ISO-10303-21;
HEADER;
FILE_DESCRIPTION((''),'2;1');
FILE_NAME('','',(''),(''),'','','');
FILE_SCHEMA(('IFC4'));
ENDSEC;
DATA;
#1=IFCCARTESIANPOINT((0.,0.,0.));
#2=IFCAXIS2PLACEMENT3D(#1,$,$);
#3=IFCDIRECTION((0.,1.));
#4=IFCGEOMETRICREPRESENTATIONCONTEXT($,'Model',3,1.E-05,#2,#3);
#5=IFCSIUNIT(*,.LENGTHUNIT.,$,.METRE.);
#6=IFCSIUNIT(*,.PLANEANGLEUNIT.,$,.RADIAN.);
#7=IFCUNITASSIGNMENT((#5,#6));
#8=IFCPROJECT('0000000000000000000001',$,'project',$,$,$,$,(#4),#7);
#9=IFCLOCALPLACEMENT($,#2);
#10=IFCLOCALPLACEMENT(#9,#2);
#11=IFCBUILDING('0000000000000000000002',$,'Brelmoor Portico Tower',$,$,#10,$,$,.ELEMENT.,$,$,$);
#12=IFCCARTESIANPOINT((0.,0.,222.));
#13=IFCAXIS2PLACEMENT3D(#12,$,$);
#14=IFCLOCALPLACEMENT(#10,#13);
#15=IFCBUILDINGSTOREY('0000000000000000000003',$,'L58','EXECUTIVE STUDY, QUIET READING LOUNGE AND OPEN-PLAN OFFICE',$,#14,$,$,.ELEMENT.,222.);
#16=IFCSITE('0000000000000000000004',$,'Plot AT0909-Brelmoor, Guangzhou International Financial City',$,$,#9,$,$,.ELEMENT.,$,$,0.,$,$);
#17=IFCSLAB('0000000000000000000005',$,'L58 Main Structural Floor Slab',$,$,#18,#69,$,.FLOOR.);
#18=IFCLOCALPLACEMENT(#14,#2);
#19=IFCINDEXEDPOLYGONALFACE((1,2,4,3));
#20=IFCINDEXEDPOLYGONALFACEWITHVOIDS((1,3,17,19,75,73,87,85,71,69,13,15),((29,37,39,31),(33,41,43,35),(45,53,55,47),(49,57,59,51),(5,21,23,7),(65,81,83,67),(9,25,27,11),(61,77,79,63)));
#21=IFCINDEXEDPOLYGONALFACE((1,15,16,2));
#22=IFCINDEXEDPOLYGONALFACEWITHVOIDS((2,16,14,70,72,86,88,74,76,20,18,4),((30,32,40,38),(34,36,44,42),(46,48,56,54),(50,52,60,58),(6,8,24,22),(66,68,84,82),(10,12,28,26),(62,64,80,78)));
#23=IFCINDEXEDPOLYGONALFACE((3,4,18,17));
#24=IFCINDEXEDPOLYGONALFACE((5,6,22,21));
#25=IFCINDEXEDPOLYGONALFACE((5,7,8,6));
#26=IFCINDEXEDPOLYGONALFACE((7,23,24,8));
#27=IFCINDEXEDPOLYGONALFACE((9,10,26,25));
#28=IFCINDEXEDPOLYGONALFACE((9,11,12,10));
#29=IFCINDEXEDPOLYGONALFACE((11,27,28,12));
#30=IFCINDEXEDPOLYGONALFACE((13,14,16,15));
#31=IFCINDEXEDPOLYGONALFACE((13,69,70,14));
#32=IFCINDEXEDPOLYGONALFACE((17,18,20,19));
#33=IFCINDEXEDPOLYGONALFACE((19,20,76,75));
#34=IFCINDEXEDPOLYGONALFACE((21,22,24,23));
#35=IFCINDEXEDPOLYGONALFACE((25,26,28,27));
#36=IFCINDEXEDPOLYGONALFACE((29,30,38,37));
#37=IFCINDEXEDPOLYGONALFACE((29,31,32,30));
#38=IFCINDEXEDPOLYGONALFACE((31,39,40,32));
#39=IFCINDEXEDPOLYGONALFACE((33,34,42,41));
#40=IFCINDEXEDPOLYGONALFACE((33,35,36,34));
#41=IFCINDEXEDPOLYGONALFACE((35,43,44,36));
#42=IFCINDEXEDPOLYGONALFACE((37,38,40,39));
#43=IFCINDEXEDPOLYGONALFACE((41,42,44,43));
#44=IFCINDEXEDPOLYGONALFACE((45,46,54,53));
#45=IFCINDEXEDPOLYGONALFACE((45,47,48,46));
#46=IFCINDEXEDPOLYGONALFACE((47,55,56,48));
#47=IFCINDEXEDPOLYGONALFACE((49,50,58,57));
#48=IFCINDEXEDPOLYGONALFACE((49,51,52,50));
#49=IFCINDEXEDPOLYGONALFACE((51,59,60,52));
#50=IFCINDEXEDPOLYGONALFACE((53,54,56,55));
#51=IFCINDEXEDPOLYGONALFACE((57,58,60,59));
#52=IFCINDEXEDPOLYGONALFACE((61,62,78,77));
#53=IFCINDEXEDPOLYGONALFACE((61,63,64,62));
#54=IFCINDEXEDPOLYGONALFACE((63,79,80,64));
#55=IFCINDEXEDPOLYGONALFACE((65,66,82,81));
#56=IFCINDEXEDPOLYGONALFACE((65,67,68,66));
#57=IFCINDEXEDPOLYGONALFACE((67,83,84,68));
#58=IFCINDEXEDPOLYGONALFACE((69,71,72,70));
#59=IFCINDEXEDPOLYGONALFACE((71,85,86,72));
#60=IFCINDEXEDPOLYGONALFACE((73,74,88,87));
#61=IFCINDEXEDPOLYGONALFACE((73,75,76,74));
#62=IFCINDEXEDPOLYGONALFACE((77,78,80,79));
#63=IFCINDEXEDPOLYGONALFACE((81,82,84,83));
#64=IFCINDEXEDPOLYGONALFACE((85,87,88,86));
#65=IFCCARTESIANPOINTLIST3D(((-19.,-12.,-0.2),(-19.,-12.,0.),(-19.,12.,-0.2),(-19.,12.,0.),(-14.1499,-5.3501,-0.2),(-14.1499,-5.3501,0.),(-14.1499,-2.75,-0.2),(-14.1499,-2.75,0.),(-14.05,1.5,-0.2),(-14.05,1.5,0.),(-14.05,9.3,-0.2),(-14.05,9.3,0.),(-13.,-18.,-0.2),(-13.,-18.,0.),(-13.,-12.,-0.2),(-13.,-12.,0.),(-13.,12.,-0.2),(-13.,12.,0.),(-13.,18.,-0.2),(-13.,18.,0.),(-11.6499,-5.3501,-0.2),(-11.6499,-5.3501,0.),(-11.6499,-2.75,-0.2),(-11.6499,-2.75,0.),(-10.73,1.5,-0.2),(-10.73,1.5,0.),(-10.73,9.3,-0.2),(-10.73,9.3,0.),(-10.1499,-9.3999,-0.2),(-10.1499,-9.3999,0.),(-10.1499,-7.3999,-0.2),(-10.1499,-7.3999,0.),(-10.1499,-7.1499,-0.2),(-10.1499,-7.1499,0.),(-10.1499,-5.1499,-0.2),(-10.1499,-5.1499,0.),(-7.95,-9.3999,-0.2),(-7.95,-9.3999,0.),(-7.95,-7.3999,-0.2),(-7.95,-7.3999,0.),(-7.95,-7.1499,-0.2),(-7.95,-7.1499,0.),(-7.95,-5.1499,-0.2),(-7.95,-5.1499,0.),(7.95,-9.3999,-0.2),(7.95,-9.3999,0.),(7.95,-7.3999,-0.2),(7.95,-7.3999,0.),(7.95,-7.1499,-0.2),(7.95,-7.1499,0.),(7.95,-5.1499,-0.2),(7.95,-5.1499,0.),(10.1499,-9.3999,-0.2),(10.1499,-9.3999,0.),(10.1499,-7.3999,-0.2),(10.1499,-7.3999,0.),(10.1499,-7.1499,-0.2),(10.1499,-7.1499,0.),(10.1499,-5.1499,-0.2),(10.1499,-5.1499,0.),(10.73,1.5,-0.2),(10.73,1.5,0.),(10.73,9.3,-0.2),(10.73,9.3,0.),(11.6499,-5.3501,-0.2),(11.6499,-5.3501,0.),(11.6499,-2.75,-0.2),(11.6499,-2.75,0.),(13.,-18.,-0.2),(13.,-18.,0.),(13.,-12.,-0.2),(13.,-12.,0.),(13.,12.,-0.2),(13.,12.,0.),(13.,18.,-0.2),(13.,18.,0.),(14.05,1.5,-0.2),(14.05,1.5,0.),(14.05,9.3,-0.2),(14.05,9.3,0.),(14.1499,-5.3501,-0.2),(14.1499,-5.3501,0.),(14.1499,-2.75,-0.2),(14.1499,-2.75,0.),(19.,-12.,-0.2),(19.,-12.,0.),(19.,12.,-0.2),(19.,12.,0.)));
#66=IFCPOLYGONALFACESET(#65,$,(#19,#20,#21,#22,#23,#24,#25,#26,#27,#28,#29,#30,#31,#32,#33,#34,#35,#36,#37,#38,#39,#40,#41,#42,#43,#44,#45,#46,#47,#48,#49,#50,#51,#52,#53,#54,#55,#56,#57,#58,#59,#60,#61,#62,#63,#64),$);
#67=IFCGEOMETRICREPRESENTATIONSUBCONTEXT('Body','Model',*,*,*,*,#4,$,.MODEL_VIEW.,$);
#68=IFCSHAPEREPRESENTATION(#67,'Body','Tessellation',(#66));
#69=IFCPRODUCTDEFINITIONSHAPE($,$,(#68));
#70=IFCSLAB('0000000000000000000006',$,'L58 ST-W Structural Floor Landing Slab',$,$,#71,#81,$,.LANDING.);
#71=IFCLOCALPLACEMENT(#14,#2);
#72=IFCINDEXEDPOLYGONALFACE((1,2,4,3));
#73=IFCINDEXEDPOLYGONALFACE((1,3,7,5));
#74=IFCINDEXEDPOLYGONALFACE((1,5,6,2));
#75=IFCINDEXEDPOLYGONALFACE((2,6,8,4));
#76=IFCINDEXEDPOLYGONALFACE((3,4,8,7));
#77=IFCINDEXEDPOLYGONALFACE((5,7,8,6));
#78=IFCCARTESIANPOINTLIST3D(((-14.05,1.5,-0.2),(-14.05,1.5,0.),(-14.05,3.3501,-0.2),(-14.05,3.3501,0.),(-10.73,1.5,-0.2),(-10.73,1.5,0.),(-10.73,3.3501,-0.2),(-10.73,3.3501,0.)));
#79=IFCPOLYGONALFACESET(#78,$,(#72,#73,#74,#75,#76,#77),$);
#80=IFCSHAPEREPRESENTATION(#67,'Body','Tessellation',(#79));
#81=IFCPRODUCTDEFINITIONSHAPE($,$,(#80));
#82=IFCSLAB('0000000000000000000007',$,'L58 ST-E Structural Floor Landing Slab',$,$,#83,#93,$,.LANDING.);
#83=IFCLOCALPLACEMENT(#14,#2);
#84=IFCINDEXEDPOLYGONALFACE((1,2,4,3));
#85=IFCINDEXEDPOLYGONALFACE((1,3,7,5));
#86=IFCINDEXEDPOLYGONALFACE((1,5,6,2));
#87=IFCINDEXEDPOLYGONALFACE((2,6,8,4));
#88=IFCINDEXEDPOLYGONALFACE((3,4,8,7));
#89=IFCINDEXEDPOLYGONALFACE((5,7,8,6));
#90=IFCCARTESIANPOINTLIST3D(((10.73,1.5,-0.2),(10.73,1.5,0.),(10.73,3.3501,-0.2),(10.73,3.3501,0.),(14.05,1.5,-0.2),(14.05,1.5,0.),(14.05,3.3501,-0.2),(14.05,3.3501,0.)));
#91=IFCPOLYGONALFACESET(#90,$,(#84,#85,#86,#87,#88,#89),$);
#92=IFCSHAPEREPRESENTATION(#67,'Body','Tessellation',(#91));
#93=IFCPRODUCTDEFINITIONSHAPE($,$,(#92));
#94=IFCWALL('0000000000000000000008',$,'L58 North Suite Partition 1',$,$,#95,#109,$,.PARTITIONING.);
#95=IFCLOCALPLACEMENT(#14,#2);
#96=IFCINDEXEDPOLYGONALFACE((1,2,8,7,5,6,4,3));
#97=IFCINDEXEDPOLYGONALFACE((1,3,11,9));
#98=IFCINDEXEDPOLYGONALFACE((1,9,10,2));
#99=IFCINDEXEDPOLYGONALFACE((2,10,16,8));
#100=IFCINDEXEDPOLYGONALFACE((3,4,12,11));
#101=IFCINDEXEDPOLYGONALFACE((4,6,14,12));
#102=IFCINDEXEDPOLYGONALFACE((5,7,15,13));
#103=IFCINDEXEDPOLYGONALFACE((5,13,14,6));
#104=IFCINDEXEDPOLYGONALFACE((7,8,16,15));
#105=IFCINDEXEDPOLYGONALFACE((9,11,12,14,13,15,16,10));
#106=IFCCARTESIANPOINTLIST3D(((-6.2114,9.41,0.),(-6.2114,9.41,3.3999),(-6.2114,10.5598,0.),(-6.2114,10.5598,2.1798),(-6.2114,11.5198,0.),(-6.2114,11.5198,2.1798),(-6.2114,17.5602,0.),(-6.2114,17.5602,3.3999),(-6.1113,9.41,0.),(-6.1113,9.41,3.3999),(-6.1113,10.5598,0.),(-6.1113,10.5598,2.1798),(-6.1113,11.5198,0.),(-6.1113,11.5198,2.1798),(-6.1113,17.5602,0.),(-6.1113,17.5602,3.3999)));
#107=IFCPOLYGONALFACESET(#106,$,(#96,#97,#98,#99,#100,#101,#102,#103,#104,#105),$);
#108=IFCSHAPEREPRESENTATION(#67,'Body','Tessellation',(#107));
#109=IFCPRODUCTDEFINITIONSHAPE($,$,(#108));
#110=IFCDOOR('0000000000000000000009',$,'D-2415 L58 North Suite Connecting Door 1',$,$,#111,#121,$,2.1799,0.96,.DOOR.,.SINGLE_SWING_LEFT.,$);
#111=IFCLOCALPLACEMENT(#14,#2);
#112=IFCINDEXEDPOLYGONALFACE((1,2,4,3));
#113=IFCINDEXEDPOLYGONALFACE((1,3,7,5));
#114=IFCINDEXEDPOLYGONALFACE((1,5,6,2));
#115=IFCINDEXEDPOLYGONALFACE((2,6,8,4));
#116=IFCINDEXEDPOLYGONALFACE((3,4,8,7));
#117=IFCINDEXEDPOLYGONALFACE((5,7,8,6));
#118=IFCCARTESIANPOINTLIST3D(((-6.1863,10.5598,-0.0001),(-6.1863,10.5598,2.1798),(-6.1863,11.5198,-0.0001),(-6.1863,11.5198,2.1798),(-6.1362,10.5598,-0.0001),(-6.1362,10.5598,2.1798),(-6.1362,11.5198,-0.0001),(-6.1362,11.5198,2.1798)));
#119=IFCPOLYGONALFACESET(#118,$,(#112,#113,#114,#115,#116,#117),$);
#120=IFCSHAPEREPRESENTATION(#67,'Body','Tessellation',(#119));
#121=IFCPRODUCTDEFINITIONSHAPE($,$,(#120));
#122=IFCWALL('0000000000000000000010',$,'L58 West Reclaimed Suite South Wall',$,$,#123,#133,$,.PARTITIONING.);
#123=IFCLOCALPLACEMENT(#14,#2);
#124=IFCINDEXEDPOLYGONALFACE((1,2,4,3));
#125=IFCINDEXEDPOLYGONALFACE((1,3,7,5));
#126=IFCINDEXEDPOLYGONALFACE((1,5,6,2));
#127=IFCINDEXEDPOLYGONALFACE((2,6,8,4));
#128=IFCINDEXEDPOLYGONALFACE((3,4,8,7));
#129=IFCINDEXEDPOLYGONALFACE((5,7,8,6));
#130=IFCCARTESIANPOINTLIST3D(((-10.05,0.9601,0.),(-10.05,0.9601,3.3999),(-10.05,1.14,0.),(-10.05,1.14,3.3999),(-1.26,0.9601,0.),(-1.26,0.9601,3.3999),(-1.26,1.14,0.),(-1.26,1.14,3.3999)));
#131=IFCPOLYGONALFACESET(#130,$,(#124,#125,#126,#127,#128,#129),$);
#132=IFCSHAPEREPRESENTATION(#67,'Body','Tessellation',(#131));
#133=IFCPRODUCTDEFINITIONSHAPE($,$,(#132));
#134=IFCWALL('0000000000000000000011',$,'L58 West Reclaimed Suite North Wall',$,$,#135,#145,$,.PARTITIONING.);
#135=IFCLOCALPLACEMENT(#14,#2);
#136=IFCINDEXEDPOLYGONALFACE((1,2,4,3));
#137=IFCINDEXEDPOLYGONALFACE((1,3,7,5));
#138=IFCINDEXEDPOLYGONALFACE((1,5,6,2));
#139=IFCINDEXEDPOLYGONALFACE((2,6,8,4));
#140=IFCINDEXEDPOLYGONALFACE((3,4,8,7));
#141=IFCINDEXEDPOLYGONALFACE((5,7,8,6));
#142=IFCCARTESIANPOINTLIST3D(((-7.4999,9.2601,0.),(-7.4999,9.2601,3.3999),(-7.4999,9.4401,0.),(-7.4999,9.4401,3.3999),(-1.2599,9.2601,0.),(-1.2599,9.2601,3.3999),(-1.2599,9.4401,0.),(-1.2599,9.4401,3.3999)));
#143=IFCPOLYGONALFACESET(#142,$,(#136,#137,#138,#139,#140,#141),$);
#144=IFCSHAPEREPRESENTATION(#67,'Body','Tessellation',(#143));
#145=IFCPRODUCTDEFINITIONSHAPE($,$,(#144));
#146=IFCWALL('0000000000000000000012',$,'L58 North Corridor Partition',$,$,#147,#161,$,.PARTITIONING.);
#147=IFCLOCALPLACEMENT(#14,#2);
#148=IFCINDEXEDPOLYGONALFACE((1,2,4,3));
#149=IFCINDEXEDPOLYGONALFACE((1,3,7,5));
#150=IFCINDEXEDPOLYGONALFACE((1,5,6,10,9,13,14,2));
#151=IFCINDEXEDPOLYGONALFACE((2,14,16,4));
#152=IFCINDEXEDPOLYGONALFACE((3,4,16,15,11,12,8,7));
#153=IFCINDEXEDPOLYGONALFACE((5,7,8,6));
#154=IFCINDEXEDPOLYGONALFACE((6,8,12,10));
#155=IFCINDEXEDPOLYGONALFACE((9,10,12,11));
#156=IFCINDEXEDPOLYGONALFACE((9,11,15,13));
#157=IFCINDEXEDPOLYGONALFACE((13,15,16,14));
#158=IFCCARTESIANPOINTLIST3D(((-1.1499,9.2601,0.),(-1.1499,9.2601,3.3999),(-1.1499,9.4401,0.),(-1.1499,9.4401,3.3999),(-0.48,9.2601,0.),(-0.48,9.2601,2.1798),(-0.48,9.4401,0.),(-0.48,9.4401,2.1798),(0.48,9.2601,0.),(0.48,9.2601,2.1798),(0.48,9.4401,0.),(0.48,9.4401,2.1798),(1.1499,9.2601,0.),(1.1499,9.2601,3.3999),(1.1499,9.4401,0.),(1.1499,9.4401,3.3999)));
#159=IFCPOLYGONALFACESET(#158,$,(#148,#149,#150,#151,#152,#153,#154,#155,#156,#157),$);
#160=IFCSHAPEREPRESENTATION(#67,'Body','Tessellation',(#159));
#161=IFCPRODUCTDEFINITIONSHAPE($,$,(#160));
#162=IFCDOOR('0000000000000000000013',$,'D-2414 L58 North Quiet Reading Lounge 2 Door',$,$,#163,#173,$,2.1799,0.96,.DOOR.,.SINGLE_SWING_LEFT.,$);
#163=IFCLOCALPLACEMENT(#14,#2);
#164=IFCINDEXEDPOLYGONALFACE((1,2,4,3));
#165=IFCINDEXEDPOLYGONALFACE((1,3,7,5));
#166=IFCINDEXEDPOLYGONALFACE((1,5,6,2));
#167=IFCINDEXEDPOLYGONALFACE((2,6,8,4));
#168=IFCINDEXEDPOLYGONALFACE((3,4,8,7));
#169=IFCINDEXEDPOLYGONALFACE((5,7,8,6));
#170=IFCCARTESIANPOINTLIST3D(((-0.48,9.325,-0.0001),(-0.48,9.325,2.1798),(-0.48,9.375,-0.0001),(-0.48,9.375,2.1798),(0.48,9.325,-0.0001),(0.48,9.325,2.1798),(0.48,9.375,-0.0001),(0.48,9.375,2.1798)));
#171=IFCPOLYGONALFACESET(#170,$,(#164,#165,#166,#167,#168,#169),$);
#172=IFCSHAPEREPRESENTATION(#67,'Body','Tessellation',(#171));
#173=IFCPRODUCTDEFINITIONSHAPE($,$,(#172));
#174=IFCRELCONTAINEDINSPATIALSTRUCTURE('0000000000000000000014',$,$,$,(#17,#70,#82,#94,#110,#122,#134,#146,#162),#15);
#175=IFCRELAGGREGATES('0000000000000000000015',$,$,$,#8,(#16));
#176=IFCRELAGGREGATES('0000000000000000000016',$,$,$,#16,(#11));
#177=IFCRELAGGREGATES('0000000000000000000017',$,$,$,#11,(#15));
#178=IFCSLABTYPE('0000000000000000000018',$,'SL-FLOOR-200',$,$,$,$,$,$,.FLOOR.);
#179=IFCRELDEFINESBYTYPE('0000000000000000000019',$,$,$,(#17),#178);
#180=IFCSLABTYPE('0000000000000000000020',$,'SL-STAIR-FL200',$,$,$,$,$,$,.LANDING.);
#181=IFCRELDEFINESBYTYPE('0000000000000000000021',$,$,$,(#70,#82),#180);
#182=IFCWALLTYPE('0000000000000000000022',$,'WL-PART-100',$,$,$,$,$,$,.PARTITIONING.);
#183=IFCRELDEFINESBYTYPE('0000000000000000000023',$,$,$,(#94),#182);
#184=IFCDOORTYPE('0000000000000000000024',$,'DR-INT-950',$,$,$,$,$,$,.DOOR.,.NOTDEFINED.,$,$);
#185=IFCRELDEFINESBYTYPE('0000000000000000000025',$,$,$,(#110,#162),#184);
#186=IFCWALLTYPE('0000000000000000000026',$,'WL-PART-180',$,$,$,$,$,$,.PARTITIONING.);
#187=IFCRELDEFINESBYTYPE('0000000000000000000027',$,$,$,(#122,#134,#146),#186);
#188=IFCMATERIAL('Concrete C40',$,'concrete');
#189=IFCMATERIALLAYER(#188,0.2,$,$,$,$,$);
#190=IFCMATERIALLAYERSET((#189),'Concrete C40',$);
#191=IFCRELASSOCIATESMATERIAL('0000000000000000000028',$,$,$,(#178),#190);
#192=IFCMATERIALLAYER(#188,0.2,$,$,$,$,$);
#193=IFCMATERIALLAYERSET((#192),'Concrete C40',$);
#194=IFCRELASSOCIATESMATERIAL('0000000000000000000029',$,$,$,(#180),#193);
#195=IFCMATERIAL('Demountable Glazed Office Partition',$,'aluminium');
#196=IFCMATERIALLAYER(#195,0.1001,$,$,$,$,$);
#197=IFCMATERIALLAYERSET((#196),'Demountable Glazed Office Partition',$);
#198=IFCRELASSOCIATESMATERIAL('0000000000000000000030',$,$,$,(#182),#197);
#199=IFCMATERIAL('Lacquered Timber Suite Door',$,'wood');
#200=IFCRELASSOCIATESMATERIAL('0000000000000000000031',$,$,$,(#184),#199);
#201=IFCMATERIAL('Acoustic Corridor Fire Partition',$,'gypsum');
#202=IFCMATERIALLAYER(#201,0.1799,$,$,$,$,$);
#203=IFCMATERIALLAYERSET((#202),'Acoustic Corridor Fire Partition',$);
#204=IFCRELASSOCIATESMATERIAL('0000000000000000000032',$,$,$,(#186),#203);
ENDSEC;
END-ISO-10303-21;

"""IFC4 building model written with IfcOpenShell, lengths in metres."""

from ifc_helpers import new_model, si_unit, direction, frame, frame_2d, origin, place, context, subcontext, project, spatial, polyline, rectangle, outline, extrude, material, layer, layer_set, type_object, element, fill, save


model = new_model("IFC4")

# Units and contexts
model_context = context("Model", 3, precision=1e-05, world=origin(), true_north=direction((0.0, 1.0)))
body_context = subcontext(model_context, "Body", "Model", "MODEL_VIEW")
ifc_project = project(units=[si_unit("LENGTHUNIT", "METRE"), si_unit("PLANEANGLEUNIT", "RADIAN")], contexts=[model_context])

# Site, building, storey
site_placement = place(None, origin())
site = spatial("IfcSite", under=ifc_project, at=site_placement, Name="Plot AT0909-Brelmoor, Guangzhou International Financial City", CompositionType="ELEMENT", RefElevation=0.0)
building_placement = place(site_placement, origin())
building = spatial("IfcBuilding", under=site, at=building_placement, Name="Brelmoor Portico Tower", CompositionType="ELEMENT")
storey_placement = place(building_placement, frame((0.0, 0.0, 222.0)))
storey = spatial("IfcBuildingStorey", under=building, at=storey_placement, Name="L58", Description="EXECUTIVE STUDY, QUIET READING LOUNGE AND OPEN-PLAN OFFICE", CompositionType="ELEMENT", Elevation=222.0)

# Slabs
ifc_material_1 = material(Name="Concrete C40", Category="concrete")
ifc_layer_1 = layer(ifc_material_1, 0.2)
ifc_layer_set_1 = layer_set([ifc_layer_1], Name="Concrete C40")
slab_type_1 = type_object("IfcSlabType", Name="SL-FLOOR-200", PredefinedType="FLOOR", material=ifc_layer_set_1)
slab_1_placement = place(storey_placement, frame((0.0, 0.0, -0.2)))
element("IfcSlab", 1, at=slab_1_placement, inside=storey, type_object=slab_type_1, Name="L58 Main Structural Floor Slab", PredefinedType="FLOOR", context=body_context, shape_type="SweptSolid", body=[
    extrude(outline(polyline([(-13.0, -18.0), (13.0, -18.0), (13.0, -12.0), (19.0, -12.0), (19.0, 12.0), (13.0, 12.0), (13.0, 18.0), (-13.0, 18.0), (-13.0, 12.0), (-19.0, 12.0), (-19.0, -12.0), (-13.0, -12.0), (-13.0, -18.0)]), holes=[polyline([(-10.73, 1.5), (-10.73, 9.3), (-14.05, 9.3), (-14.05, 1.5), (-10.73, 1.5)]), polyline([(14.05, 1.5), (14.05, 9.3), (10.73, 9.3), (10.73, 1.5), (14.05, 1.5)]), polyline([(-10.1499, -9.3999), (-7.95, -9.3999), (-7.95, -7.3999), (-10.1499, -7.3999), (-10.1499, -9.3999)]), polyline([(-10.1499, -7.1499), (-7.95, -7.1499), (-7.95, -5.1499), (-10.1499, -5.1499), (-10.1499, -7.1499)]), polyline([(7.95, -9.3999), (10.1499, -9.3999), (10.1499, -7.3999), (7.95, -7.3999), (7.95, -9.3999)]), polyline([(7.95, -7.1499), (10.1499, -7.1499), (10.1499, -5.1499), (7.95, -5.1499), (7.95, -7.1499)]), polyline([(-14.1499, -5.3501), (-11.6499, -5.3501), (-11.6499, -2.75), (-14.1499, -2.75), (-14.1499, -5.3501)]), polyline([(11.6499, -5.3501), (14.1499, -5.3501), (14.1499, -2.75), (11.6499, -2.75), (11.6499, -5.3501)])]), origin(), (0.0, 0.0, 1.0), 0.2),
])
ifc_layer_2 = layer(ifc_material_1, 0.2)
ifc_layer_set_2 = layer_set([ifc_layer_2], Name="Concrete C40")
slab_type_2 = type_object("IfcSlabType", Name="SL-STAIR-FL200", PredefinedType="LANDING", material=ifc_layer_set_2)
slab_2_placement = place(storey_placement, frame((0.0, 0.0, -0.2)))
element("IfcSlab", 2, at=slab_2_placement, inside=storey, type_object=slab_type_2, Name="L58 ST-W Structural Floor Landing Slab", PredefinedType="LANDING", context=body_context, shape_type="SweptSolid", body=[
    extrude(outline(polyline([(-10.73, 1.5), (-10.73, 3.3501), (-14.05, 3.3501), (-14.05, 1.5), (-10.73, 1.5)])), origin(), (0.0, 0.0, 1.0), 0.2),
])
slab_3_placement = place(storey_placement, frame((0.0, 0.0, -0.2)))
element("IfcSlab", 3, at=slab_3_placement, inside=storey, type_object=slab_type_2, Name="L58 ST-E Structural Floor Landing Slab", PredefinedType="LANDING", context=body_context, shape_type="SweptSolid", body=[
    extrude(outline(polyline([(14.05, 1.5), (14.05, 3.3501), (10.73, 3.3501), (10.73, 1.5), (14.05, 1.5)])), origin(), (0.0, 0.0, 1.0), 0.2),
])

# Wall, opening, door
ifc_material_2 = material(Name="Demountable Glazed Office Partition", Category="aluminium")
ifc_layer_3 = layer(ifc_material_2, 0.1001)
ifc_layer_set_3 = layer_set([ifc_layer_3], Name="Demountable Glazed Office Partition")
wall_type_1 = type_object("IfcWallType", Name="WL-PART-100", PredefinedType="PARTITIONING", material=ifc_layer_set_3)
wall_1_placement = place(storey_placement, frame((-6.1614, 9.4099, 0.0), z_axis=(0.0, 0.0, 1.0), x_axis=(0.0, 1.0, 0.0)))
wall_1 = element("IfcWall", 4, at=wall_1_placement, inside=storey, type_object=wall_type_1, Name="L58 North Suite Partition 1", PredefinedType="PARTITIONING", context=body_context, shape_type="SweptSolid", body=[
    extrude(rectangle(XDim=8.1501, YDim=0.1001, at=frame_2d((4.0752, 0.0))), origin(), (0.0, 0.0, 1.0), 3.3999),
])
opening_1_placement = place(wall_1_placement, frame((1.1499, 0.0, 0.0)))
opening_1 = element("IfcOpeningElement", 5, at=opening_1_placement, cuts=wall_1, PredefinedType="OPENING", context=body_context, shape_type="SweptSolid", body=[
    extrude(rectangle(XDim=0.96, YDim=2.1799, at=frame_2d((0.48, 1.0898))), frame((0.0, 0.0601, 0.0), z_axis=(0.0, -1.0, 0.0), x_axis=(1.0, 0.0, 0.0)), (0.0, 0.0, 1.0), 0.1201),
])
ifc_material_3 = material(Name="Lacquered Timber Suite Door", Category="wood")
door_type = type_object("IfcDoorType", Name="DR-INT-950", OperationType="NOTDEFINED", PredefinedType="DOOR", material=ifc_material_3)
door_1_placement = place(opening_1_placement, origin())
door_1 = element("IfcDoor", 6, at=door_1_placement, inside=storey, type_object=door_type, Name="D-2415 L58 North Suite Connecting Door 1", OperationType="SINGLE_SWING_LEFT", OverallHeight=2.1799, OverallWidth=0.96, PredefinedType="DOOR", context=body_context, shape_type="SweptSolid", body=[
    extrude(rectangle(XDim=0.96, YDim=2.1799, at=frame_2d((0.48, 1.0898))), frame((0.0, 0.0249, 0.0), z_axis=(0.0, -1.0, 0.0), x_axis=(1.0, 0.0, 0.0)), (0.0, 0.0, 1.0), 0.05),
])
fill(opening_1, door_1)

# Walls
ifc_material_4 = material(Name="Acoustic Corridor Fire Partition", Category="gypsum")
ifc_layer_4 = layer(ifc_material_4, 0.1799)
ifc_layer_set_4 = layer_set([ifc_layer_4], Name="Acoustic Corridor Fire Partition")
wall_type_2 = type_object("IfcWallType", Name="WL-PART-180", PredefinedType="PARTITIONING", material=ifc_layer_set_4)
wall_2_placement = place(storey_placement, frame((-10.05, 1.05, 0.0), z_axis=(0.0, 0.0, 1.0), x_axis=(1.0, 0.0, 0.0)))
element("IfcWall", 7, at=wall_2_placement, inside=storey, type_object=wall_type_2, Name="L58 West Reclaimed Suite South Wall", PredefinedType="PARTITIONING", context=body_context, shape_type="SweptSolid", body=[
    extrude(rectangle(XDim=8.79, YDim=0.1799, at=frame_2d((4.395, 0.0))), origin(), (0.0, 0.0, 1.0), 3.3999),
])
wall_3_placement = place(storey_placement, frame((-7.5, 9.3501, 0.0), z_axis=(0.0, 0.0, 1.0), x_axis=(1.0, 0.0, 0.0)))
element("IfcWall", 8, at=wall_3_placement, inside=storey, type_object=wall_type_2, Name="L58 West Reclaimed Suite North Wall", PredefinedType="PARTITIONING", context=body_context, shape_type="SweptSolid", body=[
    extrude(rectangle(XDim=6.24, YDim=0.1799, at=frame_2d((3.1201, 0.0))), origin(), (0.0, 0.0, 1.0), 3.3999),
])

# Wall, opening, door
wall_4_placement = place(storey_placement, frame((-1.1499, 9.3501, 0.0), z_axis=(0.0, 0.0, 1.0), x_axis=(1.0, 0.0, 0.0)))
wall_4 = element("IfcWall", 9, at=wall_4_placement, inside=storey, type_object=wall_type_2, Name="L58 North Corridor Partition", PredefinedType="PARTITIONING", context=body_context, shape_type="SweptSolid", body=[
    extrude(rectangle(XDim=2.2998, YDim=0.1799, at=frame_2d((1.1499, 0.0))), origin(), (0.0, 0.0, 1.0), 3.3999),
])
opening_2_placement = place(wall_4_placement, frame((0.6699, 0.0, 0.0)))
opening_2 = element("IfcOpeningElement", 10, at=opening_2_placement, cuts=wall_4, PredefinedType="OPENING", context=body_context, shape_type="SweptSolid", body=[
    extrude(rectangle(XDim=0.96, YDim=2.1799, at=frame_2d((0.48, 1.0898))), frame((0.0, 0.0999, 0.0), z_axis=(0.0, -1.0, 0.0), x_axis=(1.0, 0.0, 0.0)), (0.0, 0.0, 1.0), 0.2),
])
door_2_placement = place(opening_2_placement, origin())
door_2 = element("IfcDoor", 11, at=door_2_placement, inside=storey, type_object=door_type, Name="D-2414 L58 North Quiet Reading Lounge 2 Door", OperationType="SINGLE_SWING_LEFT", OverallHeight=2.1799, OverallWidth=0.96, PredefinedType="DOOR", context=body_context, shape_type="SweptSolid", body=[
    extrude(rectangle(XDim=0.96, YDim=2.1799, at=frame_2d((0.48, 1.0898))), frame((0.0, 0.0249, 0.0), z_axis=(0.0, -1.0, 0.0), x_axis=(1.0, 0.0, 0.0)), (0.0, 0.0, 1.0), 0.05),
])
fill(opening_2, door_2)

save(model, "model.ifc")
